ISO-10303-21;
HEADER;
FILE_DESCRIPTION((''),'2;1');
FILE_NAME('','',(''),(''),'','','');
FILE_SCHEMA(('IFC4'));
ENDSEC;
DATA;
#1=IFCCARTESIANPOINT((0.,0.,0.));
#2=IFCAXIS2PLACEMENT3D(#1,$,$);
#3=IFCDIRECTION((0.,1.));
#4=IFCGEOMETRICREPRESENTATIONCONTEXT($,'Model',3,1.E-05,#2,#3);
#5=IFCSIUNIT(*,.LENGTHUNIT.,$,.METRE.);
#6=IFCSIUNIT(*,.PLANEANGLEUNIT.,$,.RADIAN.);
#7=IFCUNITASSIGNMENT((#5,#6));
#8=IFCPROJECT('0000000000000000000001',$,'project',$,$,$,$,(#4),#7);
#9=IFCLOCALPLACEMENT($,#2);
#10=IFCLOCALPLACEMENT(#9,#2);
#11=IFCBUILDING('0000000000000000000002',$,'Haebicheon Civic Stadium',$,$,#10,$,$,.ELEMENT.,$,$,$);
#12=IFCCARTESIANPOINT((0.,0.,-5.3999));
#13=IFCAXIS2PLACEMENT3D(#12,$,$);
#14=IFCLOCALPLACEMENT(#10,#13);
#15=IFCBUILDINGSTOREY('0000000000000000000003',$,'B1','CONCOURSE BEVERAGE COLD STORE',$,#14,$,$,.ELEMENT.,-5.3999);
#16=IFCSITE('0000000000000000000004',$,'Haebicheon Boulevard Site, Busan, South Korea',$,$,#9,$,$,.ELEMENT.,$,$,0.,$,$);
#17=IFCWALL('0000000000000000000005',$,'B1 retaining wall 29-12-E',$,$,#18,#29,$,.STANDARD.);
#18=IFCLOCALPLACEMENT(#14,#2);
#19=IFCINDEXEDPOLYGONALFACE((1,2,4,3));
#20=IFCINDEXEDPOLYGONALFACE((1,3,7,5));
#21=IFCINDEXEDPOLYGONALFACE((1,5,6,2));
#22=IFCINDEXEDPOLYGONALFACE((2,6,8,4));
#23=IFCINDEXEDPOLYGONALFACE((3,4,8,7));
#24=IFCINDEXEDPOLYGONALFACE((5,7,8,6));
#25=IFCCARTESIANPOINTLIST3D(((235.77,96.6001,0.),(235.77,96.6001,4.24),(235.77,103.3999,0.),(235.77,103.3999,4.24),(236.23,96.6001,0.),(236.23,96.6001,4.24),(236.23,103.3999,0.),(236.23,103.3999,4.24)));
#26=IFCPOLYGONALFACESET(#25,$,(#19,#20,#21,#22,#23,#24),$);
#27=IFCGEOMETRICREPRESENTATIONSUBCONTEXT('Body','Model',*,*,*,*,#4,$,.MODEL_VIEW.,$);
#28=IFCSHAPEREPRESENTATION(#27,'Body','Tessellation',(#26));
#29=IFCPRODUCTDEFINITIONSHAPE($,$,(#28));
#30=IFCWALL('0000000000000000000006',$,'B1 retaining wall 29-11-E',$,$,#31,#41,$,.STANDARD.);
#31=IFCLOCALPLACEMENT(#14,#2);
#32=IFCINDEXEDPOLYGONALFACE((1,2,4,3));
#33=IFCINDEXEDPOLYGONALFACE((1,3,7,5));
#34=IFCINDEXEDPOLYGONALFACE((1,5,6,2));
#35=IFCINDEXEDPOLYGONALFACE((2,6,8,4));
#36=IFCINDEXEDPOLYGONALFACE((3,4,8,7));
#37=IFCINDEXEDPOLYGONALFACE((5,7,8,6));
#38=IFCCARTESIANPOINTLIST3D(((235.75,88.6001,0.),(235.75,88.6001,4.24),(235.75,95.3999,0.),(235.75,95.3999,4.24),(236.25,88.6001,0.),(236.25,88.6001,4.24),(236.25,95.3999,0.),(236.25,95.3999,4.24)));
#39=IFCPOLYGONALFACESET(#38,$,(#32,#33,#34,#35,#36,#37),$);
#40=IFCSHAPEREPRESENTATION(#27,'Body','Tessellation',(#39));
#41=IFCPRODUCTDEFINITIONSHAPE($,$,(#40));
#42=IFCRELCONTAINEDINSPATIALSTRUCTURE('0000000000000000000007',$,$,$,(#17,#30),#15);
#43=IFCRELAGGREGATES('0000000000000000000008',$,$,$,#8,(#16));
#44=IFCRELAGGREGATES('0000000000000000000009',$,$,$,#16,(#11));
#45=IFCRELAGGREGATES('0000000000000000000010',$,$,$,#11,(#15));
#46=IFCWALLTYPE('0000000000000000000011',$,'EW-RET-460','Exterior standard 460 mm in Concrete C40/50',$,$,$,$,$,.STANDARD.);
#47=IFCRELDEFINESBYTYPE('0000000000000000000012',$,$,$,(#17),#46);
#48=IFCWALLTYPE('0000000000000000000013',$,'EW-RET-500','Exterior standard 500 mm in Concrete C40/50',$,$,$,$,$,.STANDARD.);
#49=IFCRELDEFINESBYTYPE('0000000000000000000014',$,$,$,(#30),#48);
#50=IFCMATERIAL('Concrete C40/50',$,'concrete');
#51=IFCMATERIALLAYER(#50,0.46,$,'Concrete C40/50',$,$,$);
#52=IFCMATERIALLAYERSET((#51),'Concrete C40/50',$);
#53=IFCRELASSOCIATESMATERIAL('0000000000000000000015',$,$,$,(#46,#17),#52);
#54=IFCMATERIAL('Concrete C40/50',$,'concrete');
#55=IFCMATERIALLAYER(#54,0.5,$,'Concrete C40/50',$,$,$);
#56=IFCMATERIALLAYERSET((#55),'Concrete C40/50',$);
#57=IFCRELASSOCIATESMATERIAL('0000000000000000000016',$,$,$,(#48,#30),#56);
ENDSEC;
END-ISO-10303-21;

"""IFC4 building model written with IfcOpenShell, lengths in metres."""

from ifc_helpers import new_model, si_unit, direction, frame, frame_2d, origin, place, context, subcontext, project, spatial, rectangle, extrude, material, layer, layer_set, type_object, element, save


model = new_model("IFC4")

# Units and contexts
model_context = context("Model", 3, precision=1e-05, world=origin(), true_north=direction((0.0, 1.0)))
body_context = subcontext(model_context, "Body", "Model", "MODEL_VIEW")
ifc_project = project(units=[si_unit("LENGTHUNIT", "METRE"), si_unit("PLANEANGLEUNIT", "RADIAN")], contexts=[model_context])

# Site, building, storey
site_placement = place(None, origin())
site = spatial("IfcSite", under=ifc_project, at=site_placement, Name="Haebicheon Boulevard Site, Busan, South Korea", CompositionType="ELEMENT", RefElevation=0.0)
building_placement = place(site_placement, origin())
building = spatial("IfcBuilding", under=site, at=building_placement, Name="Haebicheon Civic Stadium", CompositionType="ELEMENT")
storey_placement = place(building_placement, frame((0.0, 0.0, -5.3999)))
storey = spatial("IfcBuildingStorey", under=building, at=storey_placement, Name="B1", Description="CONCOURSE BEVERAGE COLD STORE", CompositionType="ELEMENT", Elevation=-5.3999)

# Walls
ifc_material_1 = material(Name="Concrete C40/50", Category="concrete")
ifc_layer_1 = layer(ifc_material_1, 0.46, Name="Concrete C40/50")
ifc_layer_set_1 = layer_set([ifc_layer_1], Name="Concrete C40/50")
wall_type_1 = type_object("IfcWallType", Name="EW-RET-460", Description="Exterior standard 460 mm in Concrete C40/50", PredefinedType="STANDARD", material=ifc_layer_set_1)
wall_1_placement = place(storey_placement, frame((236.0, 96.6001, 0.0), z_axis=(0.0, 0.0, 1.0), x_axis=(0.0, 1.0, 0.0)))
element("IfcWall", 1, at=wall_1_placement, inside=storey, type_object=wall_type_1, material=ifc_layer_set_1, Name="B1 retaining wall 29-12-E", PredefinedType="STANDARD", context=body_context, shape_type="SweptSolid", body=[
    extrude(rectangle(XDim=6.7998, YDim=0.46, at=frame_2d((3.3999, 0.0))), origin(), (0.0, 0.0, 1.0), 4.24),
])
ifc_material_2 = material(Name="Concrete C40/50", Category="concrete")
ifc_layer_2 = layer(ifc_material_2, 0.5, Name="Concrete C40/50")
ifc_layer_set_2 = layer_set([ifc_layer_2], Name="Concrete C40/50")
wall_type_2 = type_object("IfcWallType", Name="EW-RET-500", Description="Exterior standard 500 mm in Concrete C40/50", PredefinedType="STANDARD", material=ifc_layer_set_2)
wall_2_placement = place(storey_placement, frame((236.0, 88.6001, 0.0), z_axis=(0.0, 0.0, 1.0), x_axis=(0.0, 1.0, 0.0)))
element("IfcWall", 2, at=wall_2_placement, inside=storey, type_object=wall_type_2, material=ifc_layer_set_2, Name="B1 retaining wall 29-11-E", PredefinedType="STANDARD", context=body_context, shape_type="SweptSolid", body=[
    extrude(rectangle(XDim=6.7998, YDim=0.5, at=frame_2d((3.3999, 0.0))), origin(), (0.0, 0.0, 1.0), 4.24),
])

save(model, "model.ifc")
